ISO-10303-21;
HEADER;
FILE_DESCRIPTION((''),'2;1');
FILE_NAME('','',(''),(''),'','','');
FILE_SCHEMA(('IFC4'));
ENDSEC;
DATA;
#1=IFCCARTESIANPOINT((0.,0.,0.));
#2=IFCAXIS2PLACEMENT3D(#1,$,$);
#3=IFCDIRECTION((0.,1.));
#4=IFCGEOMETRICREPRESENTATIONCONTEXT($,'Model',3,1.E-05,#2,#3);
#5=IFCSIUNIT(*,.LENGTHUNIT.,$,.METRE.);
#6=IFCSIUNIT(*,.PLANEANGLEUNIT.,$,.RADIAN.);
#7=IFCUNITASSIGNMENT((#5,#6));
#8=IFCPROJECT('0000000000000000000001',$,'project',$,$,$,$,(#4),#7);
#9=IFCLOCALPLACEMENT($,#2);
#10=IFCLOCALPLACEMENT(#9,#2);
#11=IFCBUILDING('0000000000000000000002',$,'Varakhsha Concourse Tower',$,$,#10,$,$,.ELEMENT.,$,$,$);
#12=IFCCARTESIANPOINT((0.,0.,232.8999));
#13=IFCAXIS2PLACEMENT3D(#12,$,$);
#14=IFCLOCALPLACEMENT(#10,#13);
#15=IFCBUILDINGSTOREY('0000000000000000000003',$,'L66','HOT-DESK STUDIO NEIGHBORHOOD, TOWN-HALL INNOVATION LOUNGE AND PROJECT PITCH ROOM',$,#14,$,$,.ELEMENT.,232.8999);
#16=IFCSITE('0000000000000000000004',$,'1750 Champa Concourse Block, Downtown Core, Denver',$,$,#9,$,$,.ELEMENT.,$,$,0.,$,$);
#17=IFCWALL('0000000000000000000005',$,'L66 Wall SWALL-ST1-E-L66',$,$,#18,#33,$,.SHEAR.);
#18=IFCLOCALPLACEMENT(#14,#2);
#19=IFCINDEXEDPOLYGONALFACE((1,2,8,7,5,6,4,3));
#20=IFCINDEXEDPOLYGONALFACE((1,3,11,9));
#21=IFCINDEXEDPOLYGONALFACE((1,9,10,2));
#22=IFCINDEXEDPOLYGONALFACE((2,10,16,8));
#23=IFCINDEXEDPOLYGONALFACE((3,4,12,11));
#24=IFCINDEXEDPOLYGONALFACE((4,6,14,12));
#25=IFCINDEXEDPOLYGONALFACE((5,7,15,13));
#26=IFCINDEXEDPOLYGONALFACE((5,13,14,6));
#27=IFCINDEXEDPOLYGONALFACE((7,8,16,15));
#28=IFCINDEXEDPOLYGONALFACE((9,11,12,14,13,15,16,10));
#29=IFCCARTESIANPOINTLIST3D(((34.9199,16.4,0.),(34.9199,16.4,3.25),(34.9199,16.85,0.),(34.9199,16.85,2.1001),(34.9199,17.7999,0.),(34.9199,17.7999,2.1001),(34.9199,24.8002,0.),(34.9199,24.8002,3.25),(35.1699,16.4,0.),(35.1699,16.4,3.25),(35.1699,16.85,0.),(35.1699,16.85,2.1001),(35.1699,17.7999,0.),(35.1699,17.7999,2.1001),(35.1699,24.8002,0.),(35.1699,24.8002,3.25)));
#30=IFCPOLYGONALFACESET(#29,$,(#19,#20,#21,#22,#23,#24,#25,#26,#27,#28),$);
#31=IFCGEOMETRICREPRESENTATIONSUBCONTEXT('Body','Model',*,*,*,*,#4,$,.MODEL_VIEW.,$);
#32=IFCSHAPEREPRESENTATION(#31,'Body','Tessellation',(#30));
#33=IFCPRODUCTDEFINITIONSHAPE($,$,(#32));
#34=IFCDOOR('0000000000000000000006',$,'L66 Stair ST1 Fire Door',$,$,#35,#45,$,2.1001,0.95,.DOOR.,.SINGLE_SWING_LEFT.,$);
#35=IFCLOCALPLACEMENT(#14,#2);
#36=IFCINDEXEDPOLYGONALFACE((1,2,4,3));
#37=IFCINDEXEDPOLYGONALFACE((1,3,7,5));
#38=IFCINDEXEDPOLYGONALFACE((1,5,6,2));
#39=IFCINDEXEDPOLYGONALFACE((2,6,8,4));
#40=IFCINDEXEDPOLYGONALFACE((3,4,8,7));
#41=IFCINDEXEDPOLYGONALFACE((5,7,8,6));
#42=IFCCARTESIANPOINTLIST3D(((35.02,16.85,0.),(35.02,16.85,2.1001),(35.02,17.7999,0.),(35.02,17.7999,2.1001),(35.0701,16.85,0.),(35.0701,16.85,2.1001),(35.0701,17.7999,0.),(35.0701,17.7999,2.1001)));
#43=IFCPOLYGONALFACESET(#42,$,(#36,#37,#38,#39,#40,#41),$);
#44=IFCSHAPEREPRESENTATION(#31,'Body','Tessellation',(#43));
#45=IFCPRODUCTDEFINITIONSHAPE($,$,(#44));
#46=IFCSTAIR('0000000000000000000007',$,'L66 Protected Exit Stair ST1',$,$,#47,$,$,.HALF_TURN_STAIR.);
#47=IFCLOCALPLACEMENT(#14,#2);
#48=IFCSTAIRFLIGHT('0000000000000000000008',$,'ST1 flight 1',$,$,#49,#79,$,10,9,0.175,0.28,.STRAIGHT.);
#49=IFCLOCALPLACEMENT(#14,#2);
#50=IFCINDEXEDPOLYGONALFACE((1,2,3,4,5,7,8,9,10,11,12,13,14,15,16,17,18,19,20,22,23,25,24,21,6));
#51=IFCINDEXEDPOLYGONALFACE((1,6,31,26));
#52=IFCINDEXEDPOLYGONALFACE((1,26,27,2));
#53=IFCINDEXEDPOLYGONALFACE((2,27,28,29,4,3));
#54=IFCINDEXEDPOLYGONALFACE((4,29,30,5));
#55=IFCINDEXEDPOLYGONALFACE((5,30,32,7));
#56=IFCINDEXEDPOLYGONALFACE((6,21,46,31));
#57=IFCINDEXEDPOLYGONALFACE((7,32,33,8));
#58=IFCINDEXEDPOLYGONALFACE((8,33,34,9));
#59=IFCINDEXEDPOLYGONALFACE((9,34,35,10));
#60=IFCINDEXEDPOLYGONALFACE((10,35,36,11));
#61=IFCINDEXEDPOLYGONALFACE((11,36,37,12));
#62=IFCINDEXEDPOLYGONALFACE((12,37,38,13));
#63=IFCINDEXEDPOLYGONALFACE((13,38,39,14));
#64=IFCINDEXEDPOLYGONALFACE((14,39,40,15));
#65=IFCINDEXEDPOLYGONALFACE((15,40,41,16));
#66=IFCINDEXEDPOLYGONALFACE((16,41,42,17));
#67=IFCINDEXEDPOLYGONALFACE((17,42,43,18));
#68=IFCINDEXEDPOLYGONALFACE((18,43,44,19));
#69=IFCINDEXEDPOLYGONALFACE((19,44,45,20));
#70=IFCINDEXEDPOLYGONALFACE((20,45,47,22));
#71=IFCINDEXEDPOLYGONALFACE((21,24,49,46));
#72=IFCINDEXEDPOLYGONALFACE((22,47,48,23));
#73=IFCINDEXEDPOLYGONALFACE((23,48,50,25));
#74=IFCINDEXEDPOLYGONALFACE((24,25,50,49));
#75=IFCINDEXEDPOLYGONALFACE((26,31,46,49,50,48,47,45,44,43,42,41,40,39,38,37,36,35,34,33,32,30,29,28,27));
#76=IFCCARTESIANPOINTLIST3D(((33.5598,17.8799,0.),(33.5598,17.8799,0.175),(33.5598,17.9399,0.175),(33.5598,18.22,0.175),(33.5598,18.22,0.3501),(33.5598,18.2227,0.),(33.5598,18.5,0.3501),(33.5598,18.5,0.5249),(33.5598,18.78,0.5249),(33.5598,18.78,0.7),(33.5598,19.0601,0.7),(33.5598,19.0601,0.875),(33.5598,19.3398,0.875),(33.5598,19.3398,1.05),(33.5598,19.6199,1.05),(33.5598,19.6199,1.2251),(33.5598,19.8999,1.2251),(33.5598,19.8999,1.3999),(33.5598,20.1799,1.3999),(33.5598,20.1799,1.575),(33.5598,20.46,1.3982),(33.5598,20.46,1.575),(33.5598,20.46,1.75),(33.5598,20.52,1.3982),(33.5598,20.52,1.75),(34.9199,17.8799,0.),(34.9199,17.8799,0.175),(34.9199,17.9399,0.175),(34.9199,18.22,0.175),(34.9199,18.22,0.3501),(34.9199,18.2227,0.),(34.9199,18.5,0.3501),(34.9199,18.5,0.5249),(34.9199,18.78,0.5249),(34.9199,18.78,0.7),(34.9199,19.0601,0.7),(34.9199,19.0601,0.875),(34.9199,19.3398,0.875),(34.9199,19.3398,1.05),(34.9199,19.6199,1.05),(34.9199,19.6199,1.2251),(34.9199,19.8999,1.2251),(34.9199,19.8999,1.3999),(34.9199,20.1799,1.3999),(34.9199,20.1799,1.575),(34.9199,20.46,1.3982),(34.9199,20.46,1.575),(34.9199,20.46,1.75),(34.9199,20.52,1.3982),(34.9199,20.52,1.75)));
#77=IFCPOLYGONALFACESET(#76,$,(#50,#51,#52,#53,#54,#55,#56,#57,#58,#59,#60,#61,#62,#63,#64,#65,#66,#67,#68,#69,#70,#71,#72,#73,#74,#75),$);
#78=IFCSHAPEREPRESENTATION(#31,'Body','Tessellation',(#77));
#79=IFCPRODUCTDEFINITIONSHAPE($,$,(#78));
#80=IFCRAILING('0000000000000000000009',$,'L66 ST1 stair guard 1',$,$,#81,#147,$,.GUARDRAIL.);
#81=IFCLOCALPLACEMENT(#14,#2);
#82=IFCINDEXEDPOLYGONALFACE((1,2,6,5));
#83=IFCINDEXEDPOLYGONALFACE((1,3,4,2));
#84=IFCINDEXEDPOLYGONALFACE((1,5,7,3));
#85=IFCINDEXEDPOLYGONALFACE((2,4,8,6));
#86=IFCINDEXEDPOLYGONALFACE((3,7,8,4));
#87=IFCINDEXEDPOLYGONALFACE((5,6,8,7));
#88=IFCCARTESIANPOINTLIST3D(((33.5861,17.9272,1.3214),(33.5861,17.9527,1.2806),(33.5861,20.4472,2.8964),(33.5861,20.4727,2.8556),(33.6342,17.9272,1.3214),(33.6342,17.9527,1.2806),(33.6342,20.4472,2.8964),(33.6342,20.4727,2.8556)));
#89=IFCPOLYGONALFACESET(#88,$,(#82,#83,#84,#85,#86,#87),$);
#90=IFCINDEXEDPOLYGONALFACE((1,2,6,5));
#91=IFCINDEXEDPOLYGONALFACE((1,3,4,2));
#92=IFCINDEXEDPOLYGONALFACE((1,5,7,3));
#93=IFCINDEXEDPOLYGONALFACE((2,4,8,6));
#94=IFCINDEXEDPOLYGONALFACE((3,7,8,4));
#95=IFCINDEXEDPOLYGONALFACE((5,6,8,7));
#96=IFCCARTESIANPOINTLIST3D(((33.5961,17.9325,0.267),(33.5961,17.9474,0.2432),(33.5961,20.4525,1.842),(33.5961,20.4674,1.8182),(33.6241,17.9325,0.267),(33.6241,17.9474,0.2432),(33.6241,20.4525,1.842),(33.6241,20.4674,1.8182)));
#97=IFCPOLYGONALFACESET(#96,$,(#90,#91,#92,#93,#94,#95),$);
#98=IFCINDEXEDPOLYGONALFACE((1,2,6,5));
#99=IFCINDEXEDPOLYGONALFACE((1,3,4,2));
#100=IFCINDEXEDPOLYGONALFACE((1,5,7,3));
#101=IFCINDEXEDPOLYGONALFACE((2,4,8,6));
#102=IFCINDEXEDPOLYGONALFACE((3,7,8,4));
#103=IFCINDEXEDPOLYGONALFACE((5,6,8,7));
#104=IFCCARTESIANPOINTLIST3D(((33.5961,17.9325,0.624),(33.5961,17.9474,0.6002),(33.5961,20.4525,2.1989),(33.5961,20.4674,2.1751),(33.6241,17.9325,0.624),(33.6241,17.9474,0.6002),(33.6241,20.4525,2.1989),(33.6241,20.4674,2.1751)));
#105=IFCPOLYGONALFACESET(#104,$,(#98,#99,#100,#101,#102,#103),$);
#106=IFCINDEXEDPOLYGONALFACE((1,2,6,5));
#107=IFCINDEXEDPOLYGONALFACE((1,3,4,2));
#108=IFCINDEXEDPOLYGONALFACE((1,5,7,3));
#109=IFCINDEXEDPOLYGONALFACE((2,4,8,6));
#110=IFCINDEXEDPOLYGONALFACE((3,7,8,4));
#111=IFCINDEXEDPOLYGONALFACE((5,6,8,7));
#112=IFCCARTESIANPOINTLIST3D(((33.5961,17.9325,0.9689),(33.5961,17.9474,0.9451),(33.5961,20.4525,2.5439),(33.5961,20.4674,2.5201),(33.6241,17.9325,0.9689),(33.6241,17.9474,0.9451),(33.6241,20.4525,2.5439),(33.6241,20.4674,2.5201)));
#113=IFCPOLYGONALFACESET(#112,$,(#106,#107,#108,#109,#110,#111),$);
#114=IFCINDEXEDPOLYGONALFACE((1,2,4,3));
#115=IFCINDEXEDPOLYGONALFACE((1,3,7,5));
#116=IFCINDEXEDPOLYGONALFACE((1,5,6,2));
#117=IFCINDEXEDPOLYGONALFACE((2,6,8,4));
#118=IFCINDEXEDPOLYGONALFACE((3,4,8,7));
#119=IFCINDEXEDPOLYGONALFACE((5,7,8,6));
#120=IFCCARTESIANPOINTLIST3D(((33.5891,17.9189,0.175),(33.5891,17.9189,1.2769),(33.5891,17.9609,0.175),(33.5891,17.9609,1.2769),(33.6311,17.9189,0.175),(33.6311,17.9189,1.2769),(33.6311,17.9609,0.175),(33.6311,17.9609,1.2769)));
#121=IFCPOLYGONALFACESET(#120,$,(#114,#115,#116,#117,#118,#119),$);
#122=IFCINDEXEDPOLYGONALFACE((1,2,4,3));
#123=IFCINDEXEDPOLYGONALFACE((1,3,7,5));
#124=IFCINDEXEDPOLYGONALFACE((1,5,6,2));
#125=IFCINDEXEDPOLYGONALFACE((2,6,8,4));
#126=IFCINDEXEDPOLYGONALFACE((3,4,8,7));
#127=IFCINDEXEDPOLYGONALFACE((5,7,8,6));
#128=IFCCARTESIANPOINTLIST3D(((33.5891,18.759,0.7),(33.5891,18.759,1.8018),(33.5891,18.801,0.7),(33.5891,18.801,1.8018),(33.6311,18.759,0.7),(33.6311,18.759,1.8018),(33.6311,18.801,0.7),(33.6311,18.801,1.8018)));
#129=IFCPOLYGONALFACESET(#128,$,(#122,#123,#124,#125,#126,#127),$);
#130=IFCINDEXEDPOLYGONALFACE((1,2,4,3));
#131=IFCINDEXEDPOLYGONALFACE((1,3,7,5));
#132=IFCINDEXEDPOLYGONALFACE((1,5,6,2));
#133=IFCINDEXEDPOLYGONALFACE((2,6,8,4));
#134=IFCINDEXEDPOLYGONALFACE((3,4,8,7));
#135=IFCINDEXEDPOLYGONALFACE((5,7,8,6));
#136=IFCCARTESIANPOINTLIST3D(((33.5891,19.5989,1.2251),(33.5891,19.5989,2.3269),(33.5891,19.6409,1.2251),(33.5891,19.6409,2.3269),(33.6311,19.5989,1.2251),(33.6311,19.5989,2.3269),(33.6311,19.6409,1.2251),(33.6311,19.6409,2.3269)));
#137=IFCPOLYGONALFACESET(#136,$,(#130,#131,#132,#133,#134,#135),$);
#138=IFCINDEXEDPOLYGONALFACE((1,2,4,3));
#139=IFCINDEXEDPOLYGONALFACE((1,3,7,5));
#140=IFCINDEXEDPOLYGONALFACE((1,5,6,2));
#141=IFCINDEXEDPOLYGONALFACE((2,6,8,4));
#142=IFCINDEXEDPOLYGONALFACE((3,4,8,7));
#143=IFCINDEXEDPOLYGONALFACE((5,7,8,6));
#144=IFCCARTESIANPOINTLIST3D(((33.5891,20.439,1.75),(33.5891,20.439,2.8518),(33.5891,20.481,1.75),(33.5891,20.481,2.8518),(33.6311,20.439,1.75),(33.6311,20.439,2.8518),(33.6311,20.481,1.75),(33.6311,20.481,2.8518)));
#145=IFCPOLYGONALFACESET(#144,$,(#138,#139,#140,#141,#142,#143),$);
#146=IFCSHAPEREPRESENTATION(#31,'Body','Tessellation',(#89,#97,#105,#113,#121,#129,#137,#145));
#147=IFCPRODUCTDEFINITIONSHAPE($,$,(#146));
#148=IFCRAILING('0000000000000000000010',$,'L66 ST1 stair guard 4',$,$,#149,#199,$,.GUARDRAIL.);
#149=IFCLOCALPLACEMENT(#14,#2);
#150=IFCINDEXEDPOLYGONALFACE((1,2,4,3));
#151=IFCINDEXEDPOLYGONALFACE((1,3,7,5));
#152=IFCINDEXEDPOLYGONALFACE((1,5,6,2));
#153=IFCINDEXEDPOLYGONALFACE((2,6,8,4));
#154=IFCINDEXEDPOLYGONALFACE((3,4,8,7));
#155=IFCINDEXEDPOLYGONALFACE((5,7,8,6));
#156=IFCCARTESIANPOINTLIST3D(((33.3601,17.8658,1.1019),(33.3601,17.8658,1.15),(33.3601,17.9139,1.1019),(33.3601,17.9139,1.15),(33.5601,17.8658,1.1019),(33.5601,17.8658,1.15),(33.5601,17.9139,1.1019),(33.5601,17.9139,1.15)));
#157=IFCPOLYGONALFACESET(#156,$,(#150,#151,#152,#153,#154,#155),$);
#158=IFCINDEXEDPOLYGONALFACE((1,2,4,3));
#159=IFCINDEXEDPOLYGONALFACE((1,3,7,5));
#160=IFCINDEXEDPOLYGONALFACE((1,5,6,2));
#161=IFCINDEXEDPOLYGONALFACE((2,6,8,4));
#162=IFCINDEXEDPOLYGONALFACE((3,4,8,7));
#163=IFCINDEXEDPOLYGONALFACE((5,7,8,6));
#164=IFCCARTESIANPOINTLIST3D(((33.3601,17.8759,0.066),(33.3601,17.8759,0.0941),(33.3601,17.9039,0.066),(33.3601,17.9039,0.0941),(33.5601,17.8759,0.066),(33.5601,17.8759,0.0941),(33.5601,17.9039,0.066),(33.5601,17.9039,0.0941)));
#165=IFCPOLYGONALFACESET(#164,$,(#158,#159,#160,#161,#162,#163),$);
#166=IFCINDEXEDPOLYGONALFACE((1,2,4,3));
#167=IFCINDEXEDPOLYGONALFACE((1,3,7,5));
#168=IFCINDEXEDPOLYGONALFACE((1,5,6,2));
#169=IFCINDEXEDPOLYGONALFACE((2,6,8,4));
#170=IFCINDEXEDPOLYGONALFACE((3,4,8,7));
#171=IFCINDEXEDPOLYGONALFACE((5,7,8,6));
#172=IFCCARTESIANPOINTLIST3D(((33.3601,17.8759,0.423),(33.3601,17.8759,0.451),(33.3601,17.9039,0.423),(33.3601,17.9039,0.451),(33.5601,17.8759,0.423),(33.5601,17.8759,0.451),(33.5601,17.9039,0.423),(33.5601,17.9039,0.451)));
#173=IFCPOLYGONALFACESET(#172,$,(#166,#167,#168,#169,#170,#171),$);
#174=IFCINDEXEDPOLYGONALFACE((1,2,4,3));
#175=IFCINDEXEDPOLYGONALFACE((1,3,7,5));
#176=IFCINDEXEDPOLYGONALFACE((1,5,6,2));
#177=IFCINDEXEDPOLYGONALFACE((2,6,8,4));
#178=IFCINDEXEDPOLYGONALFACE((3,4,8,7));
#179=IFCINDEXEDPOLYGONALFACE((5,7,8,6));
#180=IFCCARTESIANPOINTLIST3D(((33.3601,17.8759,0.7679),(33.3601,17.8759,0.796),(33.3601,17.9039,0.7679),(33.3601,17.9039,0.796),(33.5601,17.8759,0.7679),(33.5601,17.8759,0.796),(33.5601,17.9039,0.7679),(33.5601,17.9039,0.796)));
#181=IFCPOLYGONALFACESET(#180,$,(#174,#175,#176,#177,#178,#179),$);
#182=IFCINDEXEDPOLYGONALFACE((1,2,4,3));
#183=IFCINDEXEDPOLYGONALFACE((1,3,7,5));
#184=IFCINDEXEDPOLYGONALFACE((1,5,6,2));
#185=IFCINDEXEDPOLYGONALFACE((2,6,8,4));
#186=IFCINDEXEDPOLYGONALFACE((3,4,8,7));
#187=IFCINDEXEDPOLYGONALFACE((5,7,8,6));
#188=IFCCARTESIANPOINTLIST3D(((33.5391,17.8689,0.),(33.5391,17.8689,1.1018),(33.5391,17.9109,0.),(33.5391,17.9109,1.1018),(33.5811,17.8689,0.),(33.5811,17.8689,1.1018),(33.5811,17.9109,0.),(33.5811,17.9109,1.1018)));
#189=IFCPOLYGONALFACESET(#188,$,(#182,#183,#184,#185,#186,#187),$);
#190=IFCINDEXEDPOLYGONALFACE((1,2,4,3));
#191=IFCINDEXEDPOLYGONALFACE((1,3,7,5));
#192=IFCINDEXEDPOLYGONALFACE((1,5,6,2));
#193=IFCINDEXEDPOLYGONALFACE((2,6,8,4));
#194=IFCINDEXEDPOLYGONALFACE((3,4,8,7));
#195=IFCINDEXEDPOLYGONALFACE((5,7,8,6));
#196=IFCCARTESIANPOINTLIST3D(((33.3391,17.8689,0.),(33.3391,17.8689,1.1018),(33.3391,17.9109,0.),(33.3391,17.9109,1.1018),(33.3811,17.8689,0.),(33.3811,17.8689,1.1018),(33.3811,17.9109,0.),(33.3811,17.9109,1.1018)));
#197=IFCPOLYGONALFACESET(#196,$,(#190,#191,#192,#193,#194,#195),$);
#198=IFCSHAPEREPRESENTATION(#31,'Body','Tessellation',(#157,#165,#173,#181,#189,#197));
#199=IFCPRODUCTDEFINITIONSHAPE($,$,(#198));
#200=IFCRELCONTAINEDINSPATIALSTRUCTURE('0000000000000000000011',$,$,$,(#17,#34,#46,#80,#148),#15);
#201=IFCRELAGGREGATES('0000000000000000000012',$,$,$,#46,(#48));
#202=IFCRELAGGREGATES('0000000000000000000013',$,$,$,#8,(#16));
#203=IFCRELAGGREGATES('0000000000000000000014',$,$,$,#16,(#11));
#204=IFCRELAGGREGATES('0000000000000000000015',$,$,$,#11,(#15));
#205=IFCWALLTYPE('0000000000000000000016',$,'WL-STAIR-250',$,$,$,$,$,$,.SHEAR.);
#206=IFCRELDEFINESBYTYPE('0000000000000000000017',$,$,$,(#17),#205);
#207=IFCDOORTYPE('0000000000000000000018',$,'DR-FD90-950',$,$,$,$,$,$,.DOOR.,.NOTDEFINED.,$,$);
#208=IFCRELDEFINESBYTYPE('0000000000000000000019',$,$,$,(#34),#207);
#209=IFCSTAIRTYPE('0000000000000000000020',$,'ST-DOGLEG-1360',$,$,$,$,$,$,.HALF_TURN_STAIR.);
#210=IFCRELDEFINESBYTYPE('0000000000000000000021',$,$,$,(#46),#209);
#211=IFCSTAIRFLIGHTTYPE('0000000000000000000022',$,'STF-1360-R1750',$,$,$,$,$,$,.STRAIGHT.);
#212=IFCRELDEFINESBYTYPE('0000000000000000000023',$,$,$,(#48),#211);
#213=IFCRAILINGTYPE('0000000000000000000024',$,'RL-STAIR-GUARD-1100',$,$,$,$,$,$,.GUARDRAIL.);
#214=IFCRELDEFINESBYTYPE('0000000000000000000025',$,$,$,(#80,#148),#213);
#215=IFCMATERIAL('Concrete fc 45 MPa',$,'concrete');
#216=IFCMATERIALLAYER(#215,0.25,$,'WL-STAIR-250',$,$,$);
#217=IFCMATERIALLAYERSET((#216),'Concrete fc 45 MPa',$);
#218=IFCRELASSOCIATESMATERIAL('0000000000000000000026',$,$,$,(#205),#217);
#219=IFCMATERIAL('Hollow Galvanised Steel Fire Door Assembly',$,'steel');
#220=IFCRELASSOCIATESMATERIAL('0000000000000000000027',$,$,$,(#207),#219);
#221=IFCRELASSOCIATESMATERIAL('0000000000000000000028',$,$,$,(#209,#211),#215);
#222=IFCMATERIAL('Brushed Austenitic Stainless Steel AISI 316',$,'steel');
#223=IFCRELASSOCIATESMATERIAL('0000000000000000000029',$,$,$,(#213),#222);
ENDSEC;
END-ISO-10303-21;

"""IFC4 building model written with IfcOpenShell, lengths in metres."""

from ifc_helpers import new_model, si_unit, direction, frame, frame_2d, origin, origin_2d, place, context, subcontext, project, spatial, polyline, rectangle, outline, extrude, material, layer, layer_set, type_object, element, fill, aggregate, save


model = new_model("IFC4")

# Units and contexts
model_context = context("Model", 3, precision=1e-05, world=origin(), true_north=direction((0.0, 1.0)))
body_context = subcontext(model_context, "Body", "Model", "MODEL_VIEW")
ifc_project = project(units=[si_unit("LENGTHUNIT", "METRE"), si_unit("PLANEANGLEUNIT", "RADIAN")], contexts=[model_context])

# Site, building, storey
site_placement = place(None, origin())
site = spatial("IfcSite", under=ifc_project, at=site_placement, Name="1750 Champa Concourse Block, Downtown Core, Denver", CompositionType="ELEMENT", RefElevation=0.0)
building_placement = place(site_placement, origin())
building = spatial("IfcBuilding", under=site, at=building_placement, Name="Varakhsha Concourse Tower", CompositionType="ELEMENT")
storey_placement = place(building_placement, frame((0.0, 0.0, 232.8999)))
storey = spatial("IfcBuildingStorey", under=building, at=storey_placement, Name="L66", Description="HOT-DESK STUDIO NEIGHBORHOOD, TOWN-HALL INNOVATION LOUNGE AND PROJECT PITCH ROOM", CompositionType="ELEMENT", Elevation=232.8999)

# Shared definitions
ifc_material_1 = material(Name="Hollow Galvanised Steel Fire Door Assembly", Category="steel")

# Wall, opening, door
ifc_material_2 = material(Name="Concrete fc 45 MPa", Category="concrete")
ifc_layer_1 = layer(ifc_material_2, 0.25, Name="WL-STAIR-250")
ifc_layer_set_1 = layer_set([ifc_layer_1], Name="Concrete fc 45 MPa")
wall_type_1 = type_object("IfcWallType", Name="WL-STAIR-250", PredefinedType="SHEAR", material=ifc_layer_set_1)
wall_1_placement = place(storey_placement, frame((35.0449, 16.3999, 0.0), z_axis=(0.0, 0.0, 1.0), x_axis=(0.0, 1.0, 0.0)))
wall_1 = element("IfcWall", 1, at=wall_1_placement, inside=storey, type_object=wall_type_1, Name="L66 Wall SWALL-ST1-E-L66", PredefinedType="SHEAR", context=body_context, shape_type="SweptSolid", body=[
    extrude(rectangle(XDim=8.4001, YDim=0.25, at=frame_2d((4.2002, 0.0))), origin(), (0.0, 0.0, 1.0), 3.25),
])
opening_1_placement = place(wall_1_placement, frame((0.45, 0.0, 0.0)))
opening_1 = element("IfcOpeningElement", 2, at=opening_1_placement, cuts=wall_1, PredefinedType="OPENING", context=body_context, shape_type="SweptSolid", body=[
    extrude(rectangle(XDim=0.95, YDim=2.1001, at=frame_2d((0.4751, 1.05))), frame((0.0, 0.135, 0.0), z_axis=(0.0, -1.0, 0.0), x_axis=(1.0, 0.0, 0.0)), (0.0, 0.0, 1.0), 0.27),
])
door_type_1 = type_object("IfcDoorType", Name="DR-FD90-950", OperationType="NOTDEFINED", PredefinedType="DOOR", material=ifc_material_1)
door_1_placement = place(opening_1_placement, origin())
door_1 = element("IfcDoor", 3, at=door_1_placement, inside=storey, type_object=door_type_1, Name="L66 Stair ST1 Fire Door", OperationType="SINGLE_SWING_LEFT", OverallHeight=2.1001, OverallWidth=0.95, PredefinedType="DOOR", context=body_context, shape_type="SweptSolid", body=[
    extrude(rectangle(XDim=0.95, YDim=2.1001, at=frame_2d((0.4751, 1.05))), frame((0.0, 0.0249, 0.0), z_axis=(0.0, -1.0, 0.0), x_axis=(1.0, 0.0, 0.0)), (0.0, 0.0, 1.0), 0.05),
])
fill(opening_1, door_1)

# Stair, stair flight
stair_type = type_object("IfcStairType", Name="ST-DOGLEG-1360", PredefinedType="HALF_TURN_STAIR", material=ifc_material_2)
stair_placement = place(storey_placement, origin())
stair = element("IfcStair", 4, at=stair_placement, inside=storey, type_object=stair_type, Name="L66 Protected Exit Stair ST1", PredefinedType="HALF_TURN_STAIR")
stair_flight_type = type_object("IfcStairFlightType", Name="STF-1360-R1750", PredefinedType="STRAIGHT", material=ifc_material_2)
stair_flight_placement = place(storey_placement, frame((34.24, 17.9399, 0.0), z_axis=(0.0, 0.0, 1.0), x_axis=(0.0, 1.0, 0.0)))
stair_flight = element("IfcStairFlight", 5, at=stair_flight_placement, type_object=stair_flight_type, Name="ST1 flight 1", NumberOfRisers=10, NumberOfTreads=9, PredefinedType="STRAIGHT", RiserHeight=0.175, TreadLength=0.28, context=body_context, shape_type="SweptSolid", body=[
    extrude(outline(polyline([(-0.0601, 0.0), (-0.0601, 0.175), (0.0, 0.175), (0.28, 0.175), (0.28, 0.3501), (0.5601, 0.3501), (0.5601, 0.5249), (0.8401, 0.5249), (0.8401, 0.7), (1.1201, 0.7), (1.1201, 0.875), (1.3999, 0.875), (1.3999, 1.05), (1.6799, 1.05), (1.6799, 1.2251), (1.96, 1.2251), (1.96, 1.3999), (2.24, 1.3999), (2.24, 1.575), (2.52, 1.575), (2.52, 1.75), (2.5801, 1.75), (2.5801, 1.3982), (2.52, 1.3982), (0.2827, 0.0), (-0.0601, 0.0)])), frame((0.0, 0.6802, 0.0), z_axis=(0.0, -1.0, 0.0), x_axis=(1.0, 0.0, 0.0)), (0.0, 0.0, 1.0), 1.3601),
])
aggregate(stair, [stair_flight])

# Railings
ifc_material_3 = material(Name="Brushed Austenitic Stainless Steel AISI 316", Category="steel")
railing_type_1 = type_object("IfcRailingType", Name="RL-STAIR-GUARD-1100", PredefinedType="GUARDRAIL", material=ifc_material_3)
railing_1_placement = place(storey_placement, frame((33.6101, 17.9399, 0.175)))
element("IfcRailing", 6, at=railing_1_placement, inside=storey, type_object=railing_type_1, Name="L66 ST1 stair guard 1", PredefinedType="GUARDRAIL", context=body_context, shape_type="SweptSolid", body=[
    extrude(rectangle(XDim=0.0481, YDim=0.0481, at=origin_2d()), frame((0.0, 0.0, 1.126), z_axis=(0.0, 0.848008, 0.529984), x_axis=(-1.0, 0.0, 0.0)), (0.0, 0.0, 1.0), 2.9717),
    extrude(rectangle(XDim=0.0281, YDim=0.0281, at=origin_2d()), frame((0.0, 0.0, 0.0801), z_axis=(0.0, 0.848008, 0.529984), x_axis=(-1.0, 0.0, 0.0)), (0.0, 0.0, 1.0), 2.9717),
    extrude(rectangle(XDim=0.0281, YDim=0.0281, at=origin_2d()), frame((0.0, 0.0, 0.437), z_axis=(0.0, 0.848008, 0.529984), x_axis=(-1.0, 0.0, 0.0)), (0.0, 0.0, 1.0), 2.9717),
    extrude(rectangle(XDim=0.0281, YDim=0.0281, at=origin_2d()), frame((0.0, 0.0, 0.782), z_axis=(0.0, 0.848008, 0.529984), x_axis=(-1.0, 0.0, 0.0)), (0.0, 0.0, 1.0), 2.9717),
    extrude(rectangle(XDim=0.042, YDim=0.042, at=origin_2d()), origin(), (0.0, 0.0, 1.0), 1.1018),
    extrude(rectangle(XDim=0.042, YDim=0.042, at=origin_2d()), frame((0.0, 0.8401, 0.5249)), (0.0, 0.0, 1.0), 1.1018),
    extrude(rectangle(XDim=0.042, YDim=0.042, at=origin_2d()), frame((0.0, 1.6799, 1.05)), (0.0, 0.0, 1.0), 1.1018),
    extrude(rectangle(XDim=0.042, YDim=0.042, at=origin_2d()), frame((0.0, 2.52, 1.575)), (0.0, 0.0, 1.0), 1.1018),
])
railing_2_placement = place(storey_placement, frame((33.5601, 17.8899, 0.0)))
element("IfcRailing", 7, at=railing_2_placement, inside=storey, type_object=railing_type_1, Name="L66 ST1 stair guard 4", PredefinedType="GUARDRAIL", context=body_context, shape_type="SweptSolid", body=[
    extrude(rectangle(XDim=0.0481, YDim=0.0481, at=origin_2d()), frame((0.0, 0.0, 1.126), z_axis=(-1.0, 0.0, 0.0), x_axis=(0.0, -1.0, 0.0)), (0.0, 0.0, 1.0), 0.2),
    extrude(rectangle(XDim=0.0281, YDim=0.0281, at=origin_2d()), frame((0.0, 0.0, 0.0801), z_axis=(-1.0, 0.0, 0.0), x_axis=(0.0, -1.0, 0.0)), (0.0, 0.0, 1.0), 0.2),
    extrude(rectangle(XDim=0.0281, YDim=0.0281, at=origin_2d()), frame((0.0, 0.0, 0.437), z_axis=(-1.0, 0.0, 0.0), x_axis=(0.0, -1.0, 0.0)), (0.0, 0.0, 1.0), 0.2),
    extrude(rectangle(XDim=0.0281, YDim=0.0281, at=origin_2d()), frame((0.0, 0.0, 0.782), z_axis=(-1.0, 0.0, 0.0), x_axis=(0.0, -1.0, 0.0)), (0.0, 0.0, 1.0), 0.2),
    extrude(rectangle(XDim=0.042, YDim=0.042, at=origin_2d()), origin(), (0.0, 0.0, 1.0), 1.1018),
    extrude(rectangle(XDim=0.042, YDim=0.042, at=origin_2d()), frame((-0.2, 0.0, 0.0)), (0.0, 0.0, 1.0), 1.1018),
])

save(model, "model.ifc")
